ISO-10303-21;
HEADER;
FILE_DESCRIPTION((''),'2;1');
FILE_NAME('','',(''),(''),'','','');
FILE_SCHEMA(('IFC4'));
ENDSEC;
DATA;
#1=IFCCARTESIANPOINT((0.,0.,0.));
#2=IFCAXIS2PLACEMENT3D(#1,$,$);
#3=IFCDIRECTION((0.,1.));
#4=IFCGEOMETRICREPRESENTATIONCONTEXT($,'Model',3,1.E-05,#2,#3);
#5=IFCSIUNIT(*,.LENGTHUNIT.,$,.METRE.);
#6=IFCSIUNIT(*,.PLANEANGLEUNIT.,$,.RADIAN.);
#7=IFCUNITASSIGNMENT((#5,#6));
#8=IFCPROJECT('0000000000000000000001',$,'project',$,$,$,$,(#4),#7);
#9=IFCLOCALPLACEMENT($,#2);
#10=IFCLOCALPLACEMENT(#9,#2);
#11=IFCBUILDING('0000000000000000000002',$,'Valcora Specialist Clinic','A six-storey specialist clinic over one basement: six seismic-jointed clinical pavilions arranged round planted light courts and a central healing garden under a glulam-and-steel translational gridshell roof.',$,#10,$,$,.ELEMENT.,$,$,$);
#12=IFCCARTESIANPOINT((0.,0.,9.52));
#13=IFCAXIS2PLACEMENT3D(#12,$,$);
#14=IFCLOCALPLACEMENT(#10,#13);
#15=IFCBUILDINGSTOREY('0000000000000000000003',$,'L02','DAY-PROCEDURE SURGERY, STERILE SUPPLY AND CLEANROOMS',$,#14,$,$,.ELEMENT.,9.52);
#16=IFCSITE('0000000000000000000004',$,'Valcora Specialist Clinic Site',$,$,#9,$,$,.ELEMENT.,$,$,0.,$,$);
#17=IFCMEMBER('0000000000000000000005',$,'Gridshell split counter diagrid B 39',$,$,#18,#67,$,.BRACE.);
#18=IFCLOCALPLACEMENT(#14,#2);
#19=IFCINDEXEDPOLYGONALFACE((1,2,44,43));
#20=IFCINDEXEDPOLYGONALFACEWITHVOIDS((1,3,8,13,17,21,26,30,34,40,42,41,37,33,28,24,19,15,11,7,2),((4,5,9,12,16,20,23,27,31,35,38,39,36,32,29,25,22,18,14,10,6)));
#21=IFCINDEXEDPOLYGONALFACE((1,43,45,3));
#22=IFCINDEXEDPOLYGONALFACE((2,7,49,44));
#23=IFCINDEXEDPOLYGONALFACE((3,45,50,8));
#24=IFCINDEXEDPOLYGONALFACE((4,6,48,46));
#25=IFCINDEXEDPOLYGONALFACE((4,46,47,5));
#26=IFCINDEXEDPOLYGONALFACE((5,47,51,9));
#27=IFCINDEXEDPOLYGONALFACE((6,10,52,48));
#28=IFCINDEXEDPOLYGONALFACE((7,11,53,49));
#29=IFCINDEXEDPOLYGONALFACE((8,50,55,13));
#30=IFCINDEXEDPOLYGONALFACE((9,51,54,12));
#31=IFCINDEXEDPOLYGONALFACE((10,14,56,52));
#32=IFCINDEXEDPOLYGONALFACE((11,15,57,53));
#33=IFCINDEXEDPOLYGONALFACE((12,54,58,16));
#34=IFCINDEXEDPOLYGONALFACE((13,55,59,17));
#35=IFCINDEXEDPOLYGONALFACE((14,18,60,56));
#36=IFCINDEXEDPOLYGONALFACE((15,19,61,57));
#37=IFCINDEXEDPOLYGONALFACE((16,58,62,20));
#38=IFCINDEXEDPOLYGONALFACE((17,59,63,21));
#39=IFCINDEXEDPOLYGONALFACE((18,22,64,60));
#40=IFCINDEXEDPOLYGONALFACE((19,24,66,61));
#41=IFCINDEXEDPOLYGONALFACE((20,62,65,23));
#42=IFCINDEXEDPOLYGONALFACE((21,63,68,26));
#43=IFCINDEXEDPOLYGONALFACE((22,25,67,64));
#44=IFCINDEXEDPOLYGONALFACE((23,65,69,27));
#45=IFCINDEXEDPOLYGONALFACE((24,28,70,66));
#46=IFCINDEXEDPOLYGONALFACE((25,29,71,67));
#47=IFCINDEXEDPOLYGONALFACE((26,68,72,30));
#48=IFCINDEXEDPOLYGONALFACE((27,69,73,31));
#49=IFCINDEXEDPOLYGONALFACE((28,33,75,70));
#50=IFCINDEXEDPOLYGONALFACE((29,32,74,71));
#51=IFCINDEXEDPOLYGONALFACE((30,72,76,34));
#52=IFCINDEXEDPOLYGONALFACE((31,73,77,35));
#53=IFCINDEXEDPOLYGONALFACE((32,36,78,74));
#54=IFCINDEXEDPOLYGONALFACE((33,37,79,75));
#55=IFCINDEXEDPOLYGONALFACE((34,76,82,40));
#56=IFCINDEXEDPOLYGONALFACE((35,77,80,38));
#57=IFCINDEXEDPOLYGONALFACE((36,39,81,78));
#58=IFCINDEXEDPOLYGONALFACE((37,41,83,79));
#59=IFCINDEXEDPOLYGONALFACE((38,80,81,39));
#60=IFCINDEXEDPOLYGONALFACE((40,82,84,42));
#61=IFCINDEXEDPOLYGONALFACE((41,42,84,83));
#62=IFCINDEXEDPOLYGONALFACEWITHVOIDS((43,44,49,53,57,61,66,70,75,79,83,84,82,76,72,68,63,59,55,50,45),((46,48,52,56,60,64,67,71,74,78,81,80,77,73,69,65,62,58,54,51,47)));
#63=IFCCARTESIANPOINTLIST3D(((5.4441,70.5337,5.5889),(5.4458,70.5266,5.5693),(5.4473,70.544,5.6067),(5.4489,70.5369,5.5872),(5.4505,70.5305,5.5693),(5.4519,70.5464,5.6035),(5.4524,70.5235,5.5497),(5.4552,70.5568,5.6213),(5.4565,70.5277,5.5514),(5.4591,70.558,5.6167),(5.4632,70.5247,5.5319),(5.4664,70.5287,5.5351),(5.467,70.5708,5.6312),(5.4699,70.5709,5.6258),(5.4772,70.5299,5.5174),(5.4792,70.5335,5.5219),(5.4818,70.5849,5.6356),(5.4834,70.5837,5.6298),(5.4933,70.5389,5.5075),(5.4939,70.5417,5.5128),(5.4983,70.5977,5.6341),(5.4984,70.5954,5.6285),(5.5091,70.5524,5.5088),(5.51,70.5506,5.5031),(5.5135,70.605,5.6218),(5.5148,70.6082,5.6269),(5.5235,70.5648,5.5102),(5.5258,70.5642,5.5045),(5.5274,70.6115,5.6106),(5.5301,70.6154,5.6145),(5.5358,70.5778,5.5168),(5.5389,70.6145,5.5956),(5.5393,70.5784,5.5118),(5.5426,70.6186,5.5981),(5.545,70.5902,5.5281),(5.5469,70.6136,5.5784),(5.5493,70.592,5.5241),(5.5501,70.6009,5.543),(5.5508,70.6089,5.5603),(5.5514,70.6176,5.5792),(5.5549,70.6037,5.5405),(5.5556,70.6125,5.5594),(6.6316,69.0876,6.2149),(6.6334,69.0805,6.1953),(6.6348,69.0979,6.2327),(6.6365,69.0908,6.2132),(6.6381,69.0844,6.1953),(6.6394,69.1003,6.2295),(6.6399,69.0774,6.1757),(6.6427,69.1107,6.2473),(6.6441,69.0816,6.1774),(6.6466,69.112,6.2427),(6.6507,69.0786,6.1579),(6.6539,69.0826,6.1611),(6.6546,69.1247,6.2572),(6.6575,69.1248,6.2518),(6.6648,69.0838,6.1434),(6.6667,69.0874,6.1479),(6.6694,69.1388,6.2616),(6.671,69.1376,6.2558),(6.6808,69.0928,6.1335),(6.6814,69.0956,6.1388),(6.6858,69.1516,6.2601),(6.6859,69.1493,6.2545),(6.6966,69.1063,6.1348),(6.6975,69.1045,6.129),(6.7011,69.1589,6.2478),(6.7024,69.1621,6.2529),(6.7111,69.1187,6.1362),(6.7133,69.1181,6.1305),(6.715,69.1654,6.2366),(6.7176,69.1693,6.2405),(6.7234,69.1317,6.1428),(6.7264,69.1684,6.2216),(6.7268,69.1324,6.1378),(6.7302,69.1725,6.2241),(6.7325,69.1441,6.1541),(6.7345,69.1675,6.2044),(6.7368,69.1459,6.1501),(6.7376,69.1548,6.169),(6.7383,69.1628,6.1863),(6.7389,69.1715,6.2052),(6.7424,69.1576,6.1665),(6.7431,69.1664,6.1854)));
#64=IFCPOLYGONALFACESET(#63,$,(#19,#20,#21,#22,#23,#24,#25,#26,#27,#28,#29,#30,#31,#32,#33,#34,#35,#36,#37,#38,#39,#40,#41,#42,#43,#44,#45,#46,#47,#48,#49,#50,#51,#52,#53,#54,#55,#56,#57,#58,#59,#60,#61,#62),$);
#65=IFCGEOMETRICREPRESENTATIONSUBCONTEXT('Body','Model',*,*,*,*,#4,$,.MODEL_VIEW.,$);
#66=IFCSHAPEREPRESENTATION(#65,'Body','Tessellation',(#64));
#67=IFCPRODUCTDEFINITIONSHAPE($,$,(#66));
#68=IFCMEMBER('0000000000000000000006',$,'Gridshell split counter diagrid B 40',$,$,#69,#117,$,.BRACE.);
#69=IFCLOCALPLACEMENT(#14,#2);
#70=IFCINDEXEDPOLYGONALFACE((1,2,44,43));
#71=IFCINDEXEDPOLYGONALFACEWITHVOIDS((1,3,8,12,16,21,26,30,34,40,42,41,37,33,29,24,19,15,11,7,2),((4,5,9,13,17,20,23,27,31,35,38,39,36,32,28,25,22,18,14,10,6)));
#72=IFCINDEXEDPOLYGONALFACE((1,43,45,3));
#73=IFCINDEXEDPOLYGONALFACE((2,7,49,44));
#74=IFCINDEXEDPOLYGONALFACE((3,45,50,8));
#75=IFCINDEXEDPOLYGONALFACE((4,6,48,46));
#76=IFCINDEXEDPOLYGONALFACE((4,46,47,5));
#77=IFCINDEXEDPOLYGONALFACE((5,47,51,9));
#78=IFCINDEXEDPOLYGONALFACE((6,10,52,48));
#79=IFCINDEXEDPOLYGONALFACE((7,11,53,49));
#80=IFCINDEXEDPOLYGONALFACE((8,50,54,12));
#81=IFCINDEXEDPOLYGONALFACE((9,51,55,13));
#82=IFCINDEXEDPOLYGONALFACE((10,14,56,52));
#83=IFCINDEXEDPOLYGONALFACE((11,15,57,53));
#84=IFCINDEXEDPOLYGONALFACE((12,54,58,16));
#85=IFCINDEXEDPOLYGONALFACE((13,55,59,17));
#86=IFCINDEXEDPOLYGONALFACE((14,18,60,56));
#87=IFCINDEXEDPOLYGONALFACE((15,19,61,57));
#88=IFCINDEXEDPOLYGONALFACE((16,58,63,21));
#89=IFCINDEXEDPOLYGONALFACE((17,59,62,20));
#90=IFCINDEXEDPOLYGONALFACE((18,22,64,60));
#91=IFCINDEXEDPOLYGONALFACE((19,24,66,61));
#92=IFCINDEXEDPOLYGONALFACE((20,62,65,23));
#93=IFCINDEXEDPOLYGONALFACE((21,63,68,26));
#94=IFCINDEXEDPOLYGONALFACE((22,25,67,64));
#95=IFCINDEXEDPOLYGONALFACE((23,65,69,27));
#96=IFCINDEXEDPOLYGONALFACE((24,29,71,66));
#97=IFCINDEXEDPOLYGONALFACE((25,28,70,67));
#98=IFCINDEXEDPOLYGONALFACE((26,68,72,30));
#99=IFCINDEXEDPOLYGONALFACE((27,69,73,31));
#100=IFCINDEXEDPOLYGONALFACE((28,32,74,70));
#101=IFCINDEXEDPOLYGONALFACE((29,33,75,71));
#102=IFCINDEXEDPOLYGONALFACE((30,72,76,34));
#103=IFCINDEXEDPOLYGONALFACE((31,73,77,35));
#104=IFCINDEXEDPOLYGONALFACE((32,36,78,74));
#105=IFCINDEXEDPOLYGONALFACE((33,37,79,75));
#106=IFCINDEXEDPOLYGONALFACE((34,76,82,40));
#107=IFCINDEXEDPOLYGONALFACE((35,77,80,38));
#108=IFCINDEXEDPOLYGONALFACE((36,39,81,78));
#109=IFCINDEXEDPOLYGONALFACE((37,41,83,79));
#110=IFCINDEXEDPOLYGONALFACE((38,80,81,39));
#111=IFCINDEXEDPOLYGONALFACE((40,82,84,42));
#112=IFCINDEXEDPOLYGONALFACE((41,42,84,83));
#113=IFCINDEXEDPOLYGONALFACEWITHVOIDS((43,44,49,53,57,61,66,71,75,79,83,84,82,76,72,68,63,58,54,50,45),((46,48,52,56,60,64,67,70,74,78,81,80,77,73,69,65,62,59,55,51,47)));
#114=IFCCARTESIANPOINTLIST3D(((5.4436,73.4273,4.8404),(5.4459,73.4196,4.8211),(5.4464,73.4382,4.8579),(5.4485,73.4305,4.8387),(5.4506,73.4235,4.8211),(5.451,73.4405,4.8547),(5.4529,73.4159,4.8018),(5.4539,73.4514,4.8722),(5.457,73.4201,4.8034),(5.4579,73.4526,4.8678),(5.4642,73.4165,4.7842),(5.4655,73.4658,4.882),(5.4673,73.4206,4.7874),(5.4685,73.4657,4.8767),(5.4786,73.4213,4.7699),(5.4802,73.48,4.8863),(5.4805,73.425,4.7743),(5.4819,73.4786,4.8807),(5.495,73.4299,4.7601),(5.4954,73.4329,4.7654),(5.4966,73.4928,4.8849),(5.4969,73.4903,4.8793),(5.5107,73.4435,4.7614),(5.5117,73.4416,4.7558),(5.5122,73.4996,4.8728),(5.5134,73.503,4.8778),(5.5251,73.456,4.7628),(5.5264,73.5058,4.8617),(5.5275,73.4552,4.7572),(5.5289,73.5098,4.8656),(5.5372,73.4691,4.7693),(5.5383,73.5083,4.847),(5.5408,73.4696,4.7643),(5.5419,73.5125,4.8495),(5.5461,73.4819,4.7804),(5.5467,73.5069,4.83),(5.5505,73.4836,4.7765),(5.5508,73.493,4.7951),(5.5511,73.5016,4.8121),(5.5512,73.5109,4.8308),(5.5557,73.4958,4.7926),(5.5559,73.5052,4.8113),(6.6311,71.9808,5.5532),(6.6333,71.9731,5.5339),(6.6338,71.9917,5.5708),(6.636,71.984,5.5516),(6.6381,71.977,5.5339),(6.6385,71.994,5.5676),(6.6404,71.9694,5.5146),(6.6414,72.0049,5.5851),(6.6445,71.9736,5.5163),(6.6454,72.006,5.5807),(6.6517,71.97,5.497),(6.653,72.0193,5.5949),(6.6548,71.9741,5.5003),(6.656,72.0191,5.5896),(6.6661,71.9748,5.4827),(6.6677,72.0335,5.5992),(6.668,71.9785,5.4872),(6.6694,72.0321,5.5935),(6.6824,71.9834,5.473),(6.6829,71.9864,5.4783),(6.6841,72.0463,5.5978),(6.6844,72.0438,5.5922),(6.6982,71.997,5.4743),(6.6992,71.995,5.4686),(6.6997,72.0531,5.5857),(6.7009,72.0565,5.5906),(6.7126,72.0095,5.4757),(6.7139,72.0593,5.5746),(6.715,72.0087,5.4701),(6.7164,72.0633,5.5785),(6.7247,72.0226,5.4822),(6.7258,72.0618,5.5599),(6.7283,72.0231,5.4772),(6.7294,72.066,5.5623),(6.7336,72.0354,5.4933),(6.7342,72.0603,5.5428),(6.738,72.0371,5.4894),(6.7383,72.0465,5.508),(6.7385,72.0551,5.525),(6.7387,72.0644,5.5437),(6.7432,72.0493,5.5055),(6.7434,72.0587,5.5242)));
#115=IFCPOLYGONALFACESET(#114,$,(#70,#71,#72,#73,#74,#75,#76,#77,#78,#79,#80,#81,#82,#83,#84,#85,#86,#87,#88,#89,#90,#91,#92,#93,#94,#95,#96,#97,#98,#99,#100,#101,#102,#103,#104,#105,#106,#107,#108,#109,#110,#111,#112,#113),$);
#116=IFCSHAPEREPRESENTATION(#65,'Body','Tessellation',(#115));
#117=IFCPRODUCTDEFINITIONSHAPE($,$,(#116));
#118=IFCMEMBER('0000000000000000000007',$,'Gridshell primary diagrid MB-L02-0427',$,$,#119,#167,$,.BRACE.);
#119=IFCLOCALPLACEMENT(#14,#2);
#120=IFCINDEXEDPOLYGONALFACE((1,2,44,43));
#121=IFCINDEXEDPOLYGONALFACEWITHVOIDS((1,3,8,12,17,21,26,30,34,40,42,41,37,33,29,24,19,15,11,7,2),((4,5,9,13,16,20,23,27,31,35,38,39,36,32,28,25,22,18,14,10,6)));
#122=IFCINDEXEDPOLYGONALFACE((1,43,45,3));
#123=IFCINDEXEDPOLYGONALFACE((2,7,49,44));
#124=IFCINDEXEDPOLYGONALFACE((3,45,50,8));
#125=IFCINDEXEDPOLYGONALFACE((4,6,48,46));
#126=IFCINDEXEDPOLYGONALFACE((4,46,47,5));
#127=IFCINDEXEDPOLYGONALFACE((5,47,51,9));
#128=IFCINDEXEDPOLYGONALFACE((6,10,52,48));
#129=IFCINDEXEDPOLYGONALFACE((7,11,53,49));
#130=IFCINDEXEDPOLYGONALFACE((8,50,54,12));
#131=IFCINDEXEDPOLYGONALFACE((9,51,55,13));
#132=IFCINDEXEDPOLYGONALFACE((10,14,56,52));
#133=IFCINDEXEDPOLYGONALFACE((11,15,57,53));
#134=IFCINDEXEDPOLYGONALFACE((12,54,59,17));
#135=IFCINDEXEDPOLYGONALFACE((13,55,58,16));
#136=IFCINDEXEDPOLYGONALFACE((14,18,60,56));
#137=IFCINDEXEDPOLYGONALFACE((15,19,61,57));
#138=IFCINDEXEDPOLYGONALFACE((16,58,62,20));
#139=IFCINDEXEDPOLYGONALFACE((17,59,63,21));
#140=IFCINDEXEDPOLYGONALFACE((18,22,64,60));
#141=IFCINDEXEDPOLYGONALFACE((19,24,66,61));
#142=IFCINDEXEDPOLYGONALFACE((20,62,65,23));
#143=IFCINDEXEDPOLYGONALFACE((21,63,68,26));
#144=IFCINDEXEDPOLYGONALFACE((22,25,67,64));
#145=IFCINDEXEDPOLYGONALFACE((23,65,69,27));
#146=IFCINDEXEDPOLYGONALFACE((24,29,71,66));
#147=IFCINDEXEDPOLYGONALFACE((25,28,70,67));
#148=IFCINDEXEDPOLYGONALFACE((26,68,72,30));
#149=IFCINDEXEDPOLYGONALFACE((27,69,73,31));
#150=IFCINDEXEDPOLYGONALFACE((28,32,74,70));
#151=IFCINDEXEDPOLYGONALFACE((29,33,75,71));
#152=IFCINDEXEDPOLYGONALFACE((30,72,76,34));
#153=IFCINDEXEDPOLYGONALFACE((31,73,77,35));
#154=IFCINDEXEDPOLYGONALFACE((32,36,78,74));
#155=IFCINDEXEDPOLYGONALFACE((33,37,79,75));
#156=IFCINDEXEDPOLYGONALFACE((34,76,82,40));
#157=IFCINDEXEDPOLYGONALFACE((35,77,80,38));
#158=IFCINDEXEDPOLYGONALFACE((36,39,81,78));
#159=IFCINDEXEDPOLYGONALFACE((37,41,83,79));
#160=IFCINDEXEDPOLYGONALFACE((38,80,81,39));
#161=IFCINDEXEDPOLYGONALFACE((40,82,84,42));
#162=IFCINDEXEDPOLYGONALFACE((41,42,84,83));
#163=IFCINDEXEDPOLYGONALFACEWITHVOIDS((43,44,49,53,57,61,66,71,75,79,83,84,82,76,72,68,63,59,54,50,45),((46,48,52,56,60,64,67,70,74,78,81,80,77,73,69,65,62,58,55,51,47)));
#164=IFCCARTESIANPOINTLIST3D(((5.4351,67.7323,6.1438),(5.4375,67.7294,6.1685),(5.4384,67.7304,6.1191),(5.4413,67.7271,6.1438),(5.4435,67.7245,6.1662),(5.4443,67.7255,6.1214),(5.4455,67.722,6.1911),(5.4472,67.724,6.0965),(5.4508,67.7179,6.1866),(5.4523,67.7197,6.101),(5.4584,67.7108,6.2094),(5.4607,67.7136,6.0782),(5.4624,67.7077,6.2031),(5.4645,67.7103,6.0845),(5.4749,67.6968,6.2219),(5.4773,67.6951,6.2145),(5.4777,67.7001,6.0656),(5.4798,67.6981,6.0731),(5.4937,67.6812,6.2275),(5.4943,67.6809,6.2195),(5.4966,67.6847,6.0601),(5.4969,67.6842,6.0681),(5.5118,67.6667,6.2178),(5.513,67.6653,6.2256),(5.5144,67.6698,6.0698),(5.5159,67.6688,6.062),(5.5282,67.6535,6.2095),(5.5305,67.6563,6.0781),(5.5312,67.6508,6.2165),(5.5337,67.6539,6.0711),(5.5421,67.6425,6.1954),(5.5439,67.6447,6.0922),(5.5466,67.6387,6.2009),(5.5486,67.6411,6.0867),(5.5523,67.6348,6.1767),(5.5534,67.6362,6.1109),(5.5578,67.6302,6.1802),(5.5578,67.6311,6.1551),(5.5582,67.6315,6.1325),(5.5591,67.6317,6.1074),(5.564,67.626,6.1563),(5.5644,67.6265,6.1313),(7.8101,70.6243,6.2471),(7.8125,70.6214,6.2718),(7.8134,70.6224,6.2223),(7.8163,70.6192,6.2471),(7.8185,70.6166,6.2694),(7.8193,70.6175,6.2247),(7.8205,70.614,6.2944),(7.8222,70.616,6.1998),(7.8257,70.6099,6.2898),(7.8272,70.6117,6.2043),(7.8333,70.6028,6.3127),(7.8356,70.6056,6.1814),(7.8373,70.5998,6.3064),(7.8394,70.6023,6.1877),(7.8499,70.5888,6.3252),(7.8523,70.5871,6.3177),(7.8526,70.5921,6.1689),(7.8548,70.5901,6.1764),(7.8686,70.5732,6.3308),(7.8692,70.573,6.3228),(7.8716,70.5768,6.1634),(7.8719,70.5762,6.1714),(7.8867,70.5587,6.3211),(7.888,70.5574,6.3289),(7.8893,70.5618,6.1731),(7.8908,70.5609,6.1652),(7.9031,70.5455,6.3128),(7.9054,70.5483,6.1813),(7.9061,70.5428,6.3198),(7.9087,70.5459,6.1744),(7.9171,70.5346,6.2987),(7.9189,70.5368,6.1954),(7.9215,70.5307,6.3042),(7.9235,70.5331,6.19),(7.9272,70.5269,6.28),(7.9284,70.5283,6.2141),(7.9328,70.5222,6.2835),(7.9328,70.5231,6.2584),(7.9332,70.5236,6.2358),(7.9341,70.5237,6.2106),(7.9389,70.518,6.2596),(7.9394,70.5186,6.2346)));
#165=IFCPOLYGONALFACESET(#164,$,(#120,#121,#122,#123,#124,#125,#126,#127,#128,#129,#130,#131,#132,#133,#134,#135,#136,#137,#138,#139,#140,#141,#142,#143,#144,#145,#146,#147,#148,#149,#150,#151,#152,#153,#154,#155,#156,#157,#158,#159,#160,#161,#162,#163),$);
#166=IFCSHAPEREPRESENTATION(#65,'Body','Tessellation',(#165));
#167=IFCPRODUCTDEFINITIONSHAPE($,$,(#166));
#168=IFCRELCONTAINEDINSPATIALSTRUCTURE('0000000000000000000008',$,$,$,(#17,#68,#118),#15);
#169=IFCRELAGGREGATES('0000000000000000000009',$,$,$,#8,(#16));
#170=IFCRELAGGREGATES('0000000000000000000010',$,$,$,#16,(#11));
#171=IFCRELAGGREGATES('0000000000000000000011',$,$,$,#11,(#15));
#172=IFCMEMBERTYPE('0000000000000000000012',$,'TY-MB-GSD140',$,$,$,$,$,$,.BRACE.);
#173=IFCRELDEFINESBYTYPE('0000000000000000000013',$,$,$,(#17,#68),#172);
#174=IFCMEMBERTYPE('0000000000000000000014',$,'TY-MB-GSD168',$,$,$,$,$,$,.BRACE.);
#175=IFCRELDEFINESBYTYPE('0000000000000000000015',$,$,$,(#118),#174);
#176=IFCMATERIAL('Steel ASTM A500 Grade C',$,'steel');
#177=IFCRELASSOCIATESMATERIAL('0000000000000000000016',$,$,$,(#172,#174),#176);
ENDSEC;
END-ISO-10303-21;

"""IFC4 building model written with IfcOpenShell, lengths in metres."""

from ifc_helpers import new_model, si_unit, direction, frame, origin, origin_2d, place, context, subcontext, project, spatial, hollow_circle, extrude, material, material_profile, profile_set, type_object, element, save


model = new_model("IFC4")

# Units and contexts
model_context = context("Model", 3, precision=1e-05, world=origin(), true_north=direction((0.0, 1.0)))
body_context = subcontext(model_context, "Body", "Model", "MODEL_VIEW")
ifc_project = project(units=[si_unit("LENGTHUNIT", "METRE"), si_unit("PLANEANGLEUNIT", "RADIAN")], contexts=[model_context])

# Site, building, storey
site_placement = place(None, origin())
site = spatial("IfcSite", under=ifc_project, at=site_placement, Name="Valcora Specialist Clinic Site", CompositionType="ELEMENT", RefElevation=0.0)
building_placement = place(site_placement, origin())
building = spatial("IfcBuilding", under=site, at=building_placement, Name="Valcora Specialist Clinic", Description="A six-storey specialist clinic over one basement: six seismic-jointed clinical pavilions arranged round planted light courts and a central healing garden under a glulam-and-steel translational gridshell roof.", CompositionType="ELEMENT")
storey_placement = place(building_placement, frame((0.0, 0.0, 9.52)))
storey = spatial("IfcBuildingStorey", under=building, at=storey_placement, Name="L02", Description="DAY-PROCEDURE SURGERY, STERILE SUPPLY AND CLEANROOMS", CompositionType="ELEMENT", Elevation=9.52)

# Members
ifc_material_1 = material(Name="Steel ASTM A500 Grade C", Category="steel")
ifc_material_profile_1 = material_profile(ifc_material_1, hollow_circle(Radius=0.0701, WallThickness=0.0061, at=origin_2d()), Name="ST-CHS-140X6")
ifc_profile_set_1 = profile_set([ifc_material_profile_1], Name="Steel ASTM A500 Grade C")
member_type_1 = type_object("IfcMemberType", Name="TY-MB-GSD140", PredefinedType="BRACE", material=ifc_profile_set_1)
member_1_placement = place(storey_placement, frame((6.6875, 69.125, 6.1953), z_axis=(-0.601851, 0.732887, -0.317258), x_axis=(-0.772811, -0.634636, 0.0)))
element("IfcMember", 1, at=member_1_placement, inside=storey, type_object=member_type_1, Name="Gridshell split counter diagrid B 39", PredefinedType="BRACE", context=body_context, shape_type="SweptSolid", body=[
    extrude(hollow_circle(Radius=0.0701, WallThickness=0.0061, at=origin_2d()), origin(), (0.0, 0.0, 1.0), 1.9731),
])
member_2_placement = place(storey_placement, frame((6.6875, 72.0176, 5.5339), z_axis=(-0.592948, 0.72229, -0.355964), x_axis=(-0.772916, -0.634508, 0.0)))
element("IfcMember", 2, at=member_2_placement, inside=storey, type_object=member_type_1, Name="Gridshell split counter diagrid B 40", PredefinedType="BRACE", context=body_context, shape_type="SweptSolid", body=[
    extrude(hollow_circle(Radius=0.0701, WallThickness=0.0061, at=origin_2d()), origin(), (0.0, 0.0, 1.0), 2.0027),
])
ifc_material_profile_2 = material_profile(ifc_material_1, hollow_circle(Radius=0.084, WallThickness=0.0081, at=origin_2d()), Name="ST-CHS-168X8")
ifc_profile_set_2 = profile_set([ifc_material_profile_2], Name="Steel ASTM A500 Grade C")
member_type_2 = type_object("IfcMemberType", Name="TY-MB-GSD168", PredefinedType="BRACE", material=ifc_profile_set_2)
member_3_placement = place(storey_placement, frame((5.5, 67.679, 6.1438), z_axis=(0.634395, 0.772517, 0.027585), x_axis=(-0.772811, 0.634636, 0.0)))
element("IfcMember", 3, at=member_3_placement, inside=storey, type_object=member_type_2, Name="Gridshell primary diagrid MB-L02-0427", PredefinedType="BRACE", context=body_context, shape_type="SweptSolid", body=[
    extrude(hollow_circle(Radius=0.084, WallThickness=0.0081, at=origin_2d()), origin(), (0.0, 0.0, 1.0), 3.7437),
])

save(model, "model.ifc")
